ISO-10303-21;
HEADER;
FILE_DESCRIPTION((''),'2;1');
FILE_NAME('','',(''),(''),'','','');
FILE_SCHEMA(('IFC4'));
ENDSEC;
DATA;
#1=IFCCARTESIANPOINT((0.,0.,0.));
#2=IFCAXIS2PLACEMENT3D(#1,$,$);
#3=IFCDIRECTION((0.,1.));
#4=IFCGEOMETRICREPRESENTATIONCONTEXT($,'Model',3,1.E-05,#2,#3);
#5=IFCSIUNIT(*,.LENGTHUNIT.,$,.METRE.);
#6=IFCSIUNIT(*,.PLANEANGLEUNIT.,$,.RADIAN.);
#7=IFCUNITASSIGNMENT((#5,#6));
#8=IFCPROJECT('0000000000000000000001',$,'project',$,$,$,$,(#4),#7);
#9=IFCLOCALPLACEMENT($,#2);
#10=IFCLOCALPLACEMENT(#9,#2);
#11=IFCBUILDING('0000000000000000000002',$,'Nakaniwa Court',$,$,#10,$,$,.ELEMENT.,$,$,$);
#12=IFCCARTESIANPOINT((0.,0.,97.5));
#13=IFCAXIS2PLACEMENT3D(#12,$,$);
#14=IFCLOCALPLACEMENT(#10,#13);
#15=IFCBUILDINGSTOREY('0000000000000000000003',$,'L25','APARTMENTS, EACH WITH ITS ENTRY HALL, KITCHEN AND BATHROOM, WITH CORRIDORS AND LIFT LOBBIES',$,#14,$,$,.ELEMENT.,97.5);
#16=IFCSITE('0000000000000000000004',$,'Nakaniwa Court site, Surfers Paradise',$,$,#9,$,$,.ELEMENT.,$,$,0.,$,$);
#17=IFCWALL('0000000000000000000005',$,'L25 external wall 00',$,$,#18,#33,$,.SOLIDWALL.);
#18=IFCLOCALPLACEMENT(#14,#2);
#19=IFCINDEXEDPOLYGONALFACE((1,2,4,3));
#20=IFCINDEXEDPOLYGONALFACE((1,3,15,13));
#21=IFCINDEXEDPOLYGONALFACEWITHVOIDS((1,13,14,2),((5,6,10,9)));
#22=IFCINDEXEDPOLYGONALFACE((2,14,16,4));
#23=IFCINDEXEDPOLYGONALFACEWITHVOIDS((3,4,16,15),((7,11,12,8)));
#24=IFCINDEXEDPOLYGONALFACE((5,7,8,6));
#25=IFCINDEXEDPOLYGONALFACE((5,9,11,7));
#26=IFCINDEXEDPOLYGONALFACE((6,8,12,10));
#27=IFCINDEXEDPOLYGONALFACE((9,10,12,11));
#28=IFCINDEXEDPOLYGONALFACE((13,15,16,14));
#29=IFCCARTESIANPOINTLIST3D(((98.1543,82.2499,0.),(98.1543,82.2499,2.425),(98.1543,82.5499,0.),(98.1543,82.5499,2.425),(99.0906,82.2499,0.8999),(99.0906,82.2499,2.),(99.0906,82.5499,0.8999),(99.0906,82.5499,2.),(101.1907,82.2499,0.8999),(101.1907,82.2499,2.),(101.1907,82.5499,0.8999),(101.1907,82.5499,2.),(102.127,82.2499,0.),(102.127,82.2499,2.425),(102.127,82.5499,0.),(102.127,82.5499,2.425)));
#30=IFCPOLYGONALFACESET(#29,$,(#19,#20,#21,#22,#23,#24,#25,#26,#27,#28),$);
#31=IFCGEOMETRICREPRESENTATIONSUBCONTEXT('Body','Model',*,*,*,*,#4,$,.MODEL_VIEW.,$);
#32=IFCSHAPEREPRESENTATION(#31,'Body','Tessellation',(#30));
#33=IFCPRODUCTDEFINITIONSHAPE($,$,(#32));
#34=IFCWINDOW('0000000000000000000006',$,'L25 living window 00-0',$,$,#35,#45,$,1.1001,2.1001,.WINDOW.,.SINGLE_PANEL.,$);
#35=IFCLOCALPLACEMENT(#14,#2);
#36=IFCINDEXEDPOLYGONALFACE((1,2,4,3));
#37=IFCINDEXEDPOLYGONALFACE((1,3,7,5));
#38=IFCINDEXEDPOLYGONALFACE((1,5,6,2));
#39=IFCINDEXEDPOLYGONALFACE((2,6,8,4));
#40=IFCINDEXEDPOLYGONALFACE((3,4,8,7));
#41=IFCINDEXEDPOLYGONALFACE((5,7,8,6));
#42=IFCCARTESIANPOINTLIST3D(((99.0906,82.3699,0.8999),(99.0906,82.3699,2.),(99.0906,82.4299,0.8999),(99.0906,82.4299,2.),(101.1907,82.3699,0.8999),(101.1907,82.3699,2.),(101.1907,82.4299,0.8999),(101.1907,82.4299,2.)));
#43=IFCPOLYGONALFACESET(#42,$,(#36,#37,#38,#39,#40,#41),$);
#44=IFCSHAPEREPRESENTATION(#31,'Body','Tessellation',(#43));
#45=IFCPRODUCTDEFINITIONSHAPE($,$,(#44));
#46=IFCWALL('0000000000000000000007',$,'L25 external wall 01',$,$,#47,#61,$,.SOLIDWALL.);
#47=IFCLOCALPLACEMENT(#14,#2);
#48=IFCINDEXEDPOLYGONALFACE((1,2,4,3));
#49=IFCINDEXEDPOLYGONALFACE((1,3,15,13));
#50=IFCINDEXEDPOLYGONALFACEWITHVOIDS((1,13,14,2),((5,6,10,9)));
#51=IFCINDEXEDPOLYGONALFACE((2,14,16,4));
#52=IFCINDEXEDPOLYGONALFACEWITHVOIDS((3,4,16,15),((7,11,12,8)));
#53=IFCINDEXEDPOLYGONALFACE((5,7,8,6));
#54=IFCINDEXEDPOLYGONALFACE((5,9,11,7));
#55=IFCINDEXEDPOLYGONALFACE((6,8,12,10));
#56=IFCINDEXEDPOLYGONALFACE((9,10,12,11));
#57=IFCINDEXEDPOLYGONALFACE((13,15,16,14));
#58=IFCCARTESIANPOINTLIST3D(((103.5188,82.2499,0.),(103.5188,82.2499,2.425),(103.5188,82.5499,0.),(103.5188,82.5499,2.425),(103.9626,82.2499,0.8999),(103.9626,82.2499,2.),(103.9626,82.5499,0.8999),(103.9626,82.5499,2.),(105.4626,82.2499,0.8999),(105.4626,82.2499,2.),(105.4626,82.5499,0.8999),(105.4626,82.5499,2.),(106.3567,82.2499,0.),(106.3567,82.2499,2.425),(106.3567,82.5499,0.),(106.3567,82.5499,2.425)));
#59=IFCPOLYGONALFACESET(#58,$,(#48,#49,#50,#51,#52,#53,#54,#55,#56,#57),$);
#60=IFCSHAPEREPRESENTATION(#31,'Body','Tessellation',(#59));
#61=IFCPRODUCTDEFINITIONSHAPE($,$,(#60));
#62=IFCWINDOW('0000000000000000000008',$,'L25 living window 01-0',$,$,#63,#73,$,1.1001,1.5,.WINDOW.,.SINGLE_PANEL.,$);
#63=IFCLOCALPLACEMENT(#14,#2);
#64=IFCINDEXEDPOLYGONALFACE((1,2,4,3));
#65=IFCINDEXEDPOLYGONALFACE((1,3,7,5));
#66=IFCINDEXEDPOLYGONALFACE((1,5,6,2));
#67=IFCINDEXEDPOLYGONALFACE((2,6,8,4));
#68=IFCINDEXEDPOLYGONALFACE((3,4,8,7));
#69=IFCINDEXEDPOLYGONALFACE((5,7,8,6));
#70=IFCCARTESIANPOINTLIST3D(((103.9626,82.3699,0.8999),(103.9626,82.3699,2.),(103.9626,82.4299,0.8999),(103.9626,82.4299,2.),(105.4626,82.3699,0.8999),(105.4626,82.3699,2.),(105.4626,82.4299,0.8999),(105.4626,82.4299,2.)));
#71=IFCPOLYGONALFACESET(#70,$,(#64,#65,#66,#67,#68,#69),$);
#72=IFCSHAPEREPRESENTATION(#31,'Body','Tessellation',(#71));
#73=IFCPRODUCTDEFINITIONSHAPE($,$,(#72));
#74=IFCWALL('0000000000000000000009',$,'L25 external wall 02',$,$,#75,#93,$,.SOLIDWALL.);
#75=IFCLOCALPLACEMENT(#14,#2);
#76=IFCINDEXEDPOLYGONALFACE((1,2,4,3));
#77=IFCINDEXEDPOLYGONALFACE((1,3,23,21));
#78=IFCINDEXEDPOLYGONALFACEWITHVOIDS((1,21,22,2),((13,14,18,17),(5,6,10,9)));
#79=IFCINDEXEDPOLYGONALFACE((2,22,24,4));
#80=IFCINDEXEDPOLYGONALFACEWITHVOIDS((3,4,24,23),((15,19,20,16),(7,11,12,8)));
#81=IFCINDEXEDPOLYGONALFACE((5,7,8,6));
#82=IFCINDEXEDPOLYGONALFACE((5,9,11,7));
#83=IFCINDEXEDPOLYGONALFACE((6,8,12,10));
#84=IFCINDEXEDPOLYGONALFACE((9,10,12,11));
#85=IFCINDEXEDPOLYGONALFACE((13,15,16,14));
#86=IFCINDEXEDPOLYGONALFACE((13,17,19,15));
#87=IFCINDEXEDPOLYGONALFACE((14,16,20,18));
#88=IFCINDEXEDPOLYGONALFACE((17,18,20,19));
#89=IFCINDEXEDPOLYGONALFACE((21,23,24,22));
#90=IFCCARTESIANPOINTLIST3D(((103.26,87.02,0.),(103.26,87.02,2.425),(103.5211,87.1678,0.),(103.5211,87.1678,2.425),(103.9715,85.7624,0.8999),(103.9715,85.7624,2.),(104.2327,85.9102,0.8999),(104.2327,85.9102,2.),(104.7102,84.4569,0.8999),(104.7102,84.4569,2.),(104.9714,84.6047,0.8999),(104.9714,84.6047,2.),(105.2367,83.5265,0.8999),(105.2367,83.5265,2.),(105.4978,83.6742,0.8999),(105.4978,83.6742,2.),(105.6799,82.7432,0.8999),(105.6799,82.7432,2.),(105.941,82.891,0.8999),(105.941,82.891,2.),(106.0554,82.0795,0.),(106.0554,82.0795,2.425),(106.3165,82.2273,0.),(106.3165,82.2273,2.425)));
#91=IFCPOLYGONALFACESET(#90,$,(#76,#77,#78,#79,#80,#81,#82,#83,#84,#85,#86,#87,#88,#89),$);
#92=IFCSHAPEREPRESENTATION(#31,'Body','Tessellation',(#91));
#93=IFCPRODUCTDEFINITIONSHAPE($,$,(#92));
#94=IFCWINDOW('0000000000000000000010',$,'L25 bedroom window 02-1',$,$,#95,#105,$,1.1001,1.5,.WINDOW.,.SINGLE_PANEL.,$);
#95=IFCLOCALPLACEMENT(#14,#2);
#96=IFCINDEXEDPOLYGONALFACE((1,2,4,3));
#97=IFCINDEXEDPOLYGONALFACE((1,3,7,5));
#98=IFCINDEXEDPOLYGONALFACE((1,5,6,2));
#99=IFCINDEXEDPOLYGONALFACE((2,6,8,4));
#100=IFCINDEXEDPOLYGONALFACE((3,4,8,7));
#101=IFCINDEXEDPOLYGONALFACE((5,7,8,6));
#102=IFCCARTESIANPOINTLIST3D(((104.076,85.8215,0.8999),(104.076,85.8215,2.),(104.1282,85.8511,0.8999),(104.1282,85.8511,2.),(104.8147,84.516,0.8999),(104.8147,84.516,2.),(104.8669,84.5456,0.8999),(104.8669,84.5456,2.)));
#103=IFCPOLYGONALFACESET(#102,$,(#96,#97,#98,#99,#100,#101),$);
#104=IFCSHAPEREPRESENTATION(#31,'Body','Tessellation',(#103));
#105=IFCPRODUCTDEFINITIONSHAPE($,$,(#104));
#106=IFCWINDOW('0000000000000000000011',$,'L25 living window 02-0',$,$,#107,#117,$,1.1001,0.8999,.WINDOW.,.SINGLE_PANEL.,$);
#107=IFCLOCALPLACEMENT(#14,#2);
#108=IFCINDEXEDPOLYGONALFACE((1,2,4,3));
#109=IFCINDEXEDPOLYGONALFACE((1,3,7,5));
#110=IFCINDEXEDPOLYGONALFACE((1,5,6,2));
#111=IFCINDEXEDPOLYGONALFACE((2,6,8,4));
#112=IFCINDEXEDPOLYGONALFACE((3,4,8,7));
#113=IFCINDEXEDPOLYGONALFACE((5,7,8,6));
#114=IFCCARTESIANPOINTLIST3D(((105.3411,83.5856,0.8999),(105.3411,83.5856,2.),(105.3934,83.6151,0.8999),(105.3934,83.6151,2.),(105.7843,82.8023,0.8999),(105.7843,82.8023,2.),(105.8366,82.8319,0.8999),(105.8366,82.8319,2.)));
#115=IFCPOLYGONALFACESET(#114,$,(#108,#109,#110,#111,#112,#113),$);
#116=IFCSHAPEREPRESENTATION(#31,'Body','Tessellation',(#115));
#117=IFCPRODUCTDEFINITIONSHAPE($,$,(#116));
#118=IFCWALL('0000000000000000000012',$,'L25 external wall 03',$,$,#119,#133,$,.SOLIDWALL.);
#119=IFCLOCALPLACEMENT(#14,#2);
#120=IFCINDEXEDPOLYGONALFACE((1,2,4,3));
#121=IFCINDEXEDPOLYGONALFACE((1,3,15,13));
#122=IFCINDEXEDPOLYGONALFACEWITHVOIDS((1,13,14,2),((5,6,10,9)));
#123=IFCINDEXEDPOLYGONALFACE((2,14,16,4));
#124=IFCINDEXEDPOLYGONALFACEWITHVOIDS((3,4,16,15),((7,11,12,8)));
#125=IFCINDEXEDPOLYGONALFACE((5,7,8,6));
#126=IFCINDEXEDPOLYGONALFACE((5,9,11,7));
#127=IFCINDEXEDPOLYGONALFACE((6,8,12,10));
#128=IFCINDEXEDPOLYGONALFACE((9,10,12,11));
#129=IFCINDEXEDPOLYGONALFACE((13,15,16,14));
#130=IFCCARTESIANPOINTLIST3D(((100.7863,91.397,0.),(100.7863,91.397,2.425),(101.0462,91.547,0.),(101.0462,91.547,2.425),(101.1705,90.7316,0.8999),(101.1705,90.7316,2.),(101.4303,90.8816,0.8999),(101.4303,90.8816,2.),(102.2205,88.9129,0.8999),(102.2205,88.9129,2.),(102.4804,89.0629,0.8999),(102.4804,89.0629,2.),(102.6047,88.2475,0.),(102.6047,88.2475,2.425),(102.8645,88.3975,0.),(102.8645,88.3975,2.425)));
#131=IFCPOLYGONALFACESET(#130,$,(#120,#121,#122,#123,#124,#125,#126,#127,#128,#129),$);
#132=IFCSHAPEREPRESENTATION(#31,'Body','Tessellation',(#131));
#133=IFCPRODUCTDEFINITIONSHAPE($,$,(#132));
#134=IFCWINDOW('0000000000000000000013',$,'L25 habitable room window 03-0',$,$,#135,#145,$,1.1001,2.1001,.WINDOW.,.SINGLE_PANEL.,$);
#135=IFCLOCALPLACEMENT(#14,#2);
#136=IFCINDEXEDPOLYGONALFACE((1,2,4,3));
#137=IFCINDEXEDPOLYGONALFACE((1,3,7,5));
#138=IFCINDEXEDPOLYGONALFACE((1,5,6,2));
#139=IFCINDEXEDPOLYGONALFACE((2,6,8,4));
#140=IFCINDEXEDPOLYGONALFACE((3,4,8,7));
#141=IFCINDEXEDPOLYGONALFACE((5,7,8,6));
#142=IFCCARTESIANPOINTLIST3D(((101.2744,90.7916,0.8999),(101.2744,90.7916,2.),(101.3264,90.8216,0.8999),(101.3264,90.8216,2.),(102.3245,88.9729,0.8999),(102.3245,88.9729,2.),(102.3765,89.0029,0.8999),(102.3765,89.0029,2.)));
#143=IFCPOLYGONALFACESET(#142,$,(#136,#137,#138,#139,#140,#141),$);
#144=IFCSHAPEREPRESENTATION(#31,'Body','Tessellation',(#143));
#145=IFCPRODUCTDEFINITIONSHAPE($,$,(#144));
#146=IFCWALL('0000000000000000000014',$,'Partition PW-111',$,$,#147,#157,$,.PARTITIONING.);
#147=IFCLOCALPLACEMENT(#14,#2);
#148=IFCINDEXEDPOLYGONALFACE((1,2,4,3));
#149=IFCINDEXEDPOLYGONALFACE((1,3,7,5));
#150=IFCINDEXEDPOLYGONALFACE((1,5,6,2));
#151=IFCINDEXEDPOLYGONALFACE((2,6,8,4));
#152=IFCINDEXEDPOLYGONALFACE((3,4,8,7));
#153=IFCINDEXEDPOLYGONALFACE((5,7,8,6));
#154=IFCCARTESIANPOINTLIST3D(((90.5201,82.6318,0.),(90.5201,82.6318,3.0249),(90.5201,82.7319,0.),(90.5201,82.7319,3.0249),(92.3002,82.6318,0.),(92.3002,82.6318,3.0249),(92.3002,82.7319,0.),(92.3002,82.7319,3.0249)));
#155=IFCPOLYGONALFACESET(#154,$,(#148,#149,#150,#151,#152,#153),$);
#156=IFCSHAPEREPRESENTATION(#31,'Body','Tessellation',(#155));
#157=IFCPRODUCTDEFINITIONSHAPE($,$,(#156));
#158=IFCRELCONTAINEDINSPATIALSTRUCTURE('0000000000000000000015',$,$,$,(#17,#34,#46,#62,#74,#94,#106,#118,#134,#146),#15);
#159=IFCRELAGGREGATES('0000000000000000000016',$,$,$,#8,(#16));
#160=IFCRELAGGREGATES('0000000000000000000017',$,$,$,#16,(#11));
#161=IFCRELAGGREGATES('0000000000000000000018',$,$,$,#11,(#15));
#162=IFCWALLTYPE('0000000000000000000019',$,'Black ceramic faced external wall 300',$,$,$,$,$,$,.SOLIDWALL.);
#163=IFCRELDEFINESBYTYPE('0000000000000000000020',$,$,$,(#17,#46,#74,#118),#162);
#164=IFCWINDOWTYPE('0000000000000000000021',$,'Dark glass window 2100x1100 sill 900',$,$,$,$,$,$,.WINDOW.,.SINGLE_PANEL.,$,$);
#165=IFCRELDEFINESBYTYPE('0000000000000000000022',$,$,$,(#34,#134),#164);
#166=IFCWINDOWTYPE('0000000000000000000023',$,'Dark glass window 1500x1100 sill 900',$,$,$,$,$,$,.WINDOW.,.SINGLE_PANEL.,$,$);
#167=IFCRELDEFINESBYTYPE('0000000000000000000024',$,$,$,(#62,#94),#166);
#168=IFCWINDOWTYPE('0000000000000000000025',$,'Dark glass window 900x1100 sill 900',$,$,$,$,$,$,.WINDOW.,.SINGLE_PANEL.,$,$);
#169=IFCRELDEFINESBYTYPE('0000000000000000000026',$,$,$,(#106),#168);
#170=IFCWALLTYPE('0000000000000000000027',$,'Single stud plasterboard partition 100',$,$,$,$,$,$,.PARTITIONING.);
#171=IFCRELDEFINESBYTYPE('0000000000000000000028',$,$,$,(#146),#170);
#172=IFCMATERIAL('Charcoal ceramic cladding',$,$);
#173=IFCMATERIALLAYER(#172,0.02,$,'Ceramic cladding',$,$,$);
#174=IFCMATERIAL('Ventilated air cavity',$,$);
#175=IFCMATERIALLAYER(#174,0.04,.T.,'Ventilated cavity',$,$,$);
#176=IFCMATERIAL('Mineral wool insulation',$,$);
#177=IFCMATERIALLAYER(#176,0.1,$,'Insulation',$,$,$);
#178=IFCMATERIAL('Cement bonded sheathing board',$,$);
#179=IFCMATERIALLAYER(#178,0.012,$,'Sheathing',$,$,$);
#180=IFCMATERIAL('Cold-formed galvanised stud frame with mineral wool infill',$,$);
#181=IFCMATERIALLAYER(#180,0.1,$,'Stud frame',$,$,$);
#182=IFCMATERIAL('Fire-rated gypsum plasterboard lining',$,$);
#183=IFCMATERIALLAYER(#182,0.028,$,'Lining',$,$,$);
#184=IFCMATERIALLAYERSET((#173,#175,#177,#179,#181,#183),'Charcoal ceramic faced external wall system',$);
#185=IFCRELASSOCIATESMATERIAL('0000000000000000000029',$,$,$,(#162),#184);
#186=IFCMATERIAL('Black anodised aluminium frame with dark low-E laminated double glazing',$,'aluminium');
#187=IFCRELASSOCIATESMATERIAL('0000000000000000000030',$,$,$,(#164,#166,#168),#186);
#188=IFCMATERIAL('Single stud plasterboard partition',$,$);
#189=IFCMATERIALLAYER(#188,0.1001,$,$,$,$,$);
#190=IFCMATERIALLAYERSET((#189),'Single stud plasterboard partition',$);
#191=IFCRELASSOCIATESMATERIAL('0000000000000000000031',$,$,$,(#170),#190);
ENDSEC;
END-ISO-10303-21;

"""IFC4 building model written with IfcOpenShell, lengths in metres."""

from ifc_helpers import new_model, si_unit, direction, frame, frame_2d, origin, place, context, subcontext, project, spatial, rectangle, extrude, material, layer, layer_set, type_object, element, fill, save


model = new_model("IFC4")

# Units and contexts
model_context = context("Model", 3, precision=1e-05, world=origin(), true_north=direction((0.0, 1.0)))
body_context = subcontext(model_context, "Body", "Model", "MODEL_VIEW")
ifc_project = project(units=[si_unit("LENGTHUNIT", "METRE"), si_unit("PLANEANGLEUNIT", "RADIAN")], contexts=[model_context])

# Site, building, storey
site_placement = place(None, origin())
site = spatial("IfcSite", under=ifc_project, at=site_placement, Name="Nakaniwa Court site, Surfers Paradise", CompositionType="ELEMENT", RefElevation=0.0)
building_placement = place(site_placement, origin())
building = spatial("IfcBuilding", under=site, at=building_placement, Name="Nakaniwa Court", CompositionType="ELEMENT")
storey_placement = place(building_placement, frame((0.0, 0.0, 97.5)))
storey = spatial("IfcBuildingStorey", under=building, at=storey_placement, Name="L25", Description="APARTMENTS, EACH WITH ITS ENTRY HALL, KITCHEN AND BATHROOM, WITH CORRIDORS AND LIFT LOBBIES", CompositionType="ELEMENT", Elevation=97.5)

# Walls, openings, windows
ifc_material_1 = material(Name="Charcoal ceramic cladding")
ifc_layer_1 = layer(ifc_material_1, 0.02, Name="Ceramic cladding")
ifc_material_2 = material(Name="Ventilated air cavity")
ifc_layer_2 = layer(ifc_material_2, 0.04, ventilated=True, Name="Ventilated cavity")
ifc_material_3 = material(Name="Mineral wool insulation")
ifc_layer_3 = layer(ifc_material_3, 0.1, Name="Insulation")
ifc_material_4 = material(Name="Cement bonded sheathing board")
ifc_layer_4 = layer(ifc_material_4, 0.012, Name="Sheathing")
ifc_material_5 = material(Name="Cold-formed galvanised stud frame with mineral wool infill")
ifc_layer_5 = layer(ifc_material_5, 0.1, Name="Stud frame")
ifc_material_6 = material(Name="Fire-rated gypsum plasterboard lining")
ifc_layer_6 = layer(ifc_material_6, 0.028, Name="Lining")
ifc_layer_set_1 = layer_set([ifc_layer_1, ifc_layer_2, ifc_layer_3, ifc_layer_4, ifc_layer_5, ifc_layer_6], Name="Charcoal ceramic faced external wall system")
wall_type_1 = type_object("IfcWallType", Name="Black ceramic faced external wall 300", PredefinedType="SOLIDWALL", material=ifc_layer_set_1)
wall_1_placement = place(storey_placement, frame((98.1543, 82.3999, 0.0), z_axis=(0.0, 0.0, 1.0), x_axis=(1.0, 0.0, 0.0)))
wall_1 = element("IfcWall", 1, at=wall_1_placement, inside=storey, type_object=wall_type_1, Name="L25 external wall 00", PredefinedType="SOLIDWALL", context=body_context, shape_type="SweptSolid", body=[
    extrude(rectangle(XDim=3.9727, YDim=0.3, at=frame_2d((1.9863, 0.0))), origin(), (0.0, 0.0, 1.0), 2.425),
])
opening_1_placement = place(wall_1_placement, frame((0.9363, 0.0, 0.8999)))
opening_1 = element("IfcOpeningElement", 2, at=opening_1_placement, cuts=wall_1, PredefinedType="OPENING", context=body_context, shape_type="SweptSolid", body=[
    extrude(rectangle(XDim=2.1001, YDim=1.1001, at=frame_2d((1.05, 0.55))), frame((0.0, 0.1599, 0.0), z_axis=(0.0, -1.0, 0.0), x_axis=(1.0, 0.0, 0.0)), (0.0, 0.0, 1.0), 0.3201),
])
ifc_material_7 = material(Name="Black anodised aluminium frame with dark low-E laminated double glazing", Category="aluminium")
window_type_1 = type_object("IfcWindowType", Name="Dark glass window 2100x1100 sill 900", PartitioningType="SINGLE_PANEL", PredefinedType="WINDOW", material=ifc_material_7)
window_1_placement = place(opening_1_placement, origin())
window_1 = element("IfcWindow", 3, at=window_1_placement, inside=storey, type_object=window_type_1, Name="L25 living window 00-0", OverallHeight=1.1001, OverallWidth=2.1001, PartitioningType="SINGLE_PANEL", PredefinedType="WINDOW", context=body_context, shape_type="SweptSolid", body=[
    extrude(rectangle(XDim=2.1001, YDim=1.1001, at=frame_2d((1.05, 0.55))), frame((0.0, 0.03, 0.0), z_axis=(0.0, -1.0, 0.0), x_axis=(1.0, 0.0, 0.0)), (0.0, 0.0, 1.0), 0.0601),
])
fill(opening_1, window_1)
wall_2_placement = place(storey_placement, frame((103.5188, 82.3999, 0.0), z_axis=(0.0, 0.0, 1.0), x_axis=(1.0, 0.0, 0.0)))
wall_2 = element("IfcWall", 4, at=wall_2_placement, inside=storey, type_object=wall_type_1, Name="L25 external wall 01", PredefinedType="SOLIDWALL", context=body_context, shape_type="SweptSolid", body=[
    extrude(rectangle(XDim=2.8379, YDim=0.3, at=frame_2d((1.4189, 0.0))), origin(), (0.0, 0.0, 1.0), 2.425),
])
opening_2_placement = place(wall_2_placement, frame((0.4438, 0.0, 0.8999)))
opening_2 = element("IfcOpeningElement", 5, at=opening_2_placement, cuts=wall_2, PredefinedType="OPENING", context=body_context, shape_type="SweptSolid", body=[
    extrude(rectangle(XDim=1.5, YDim=1.1001, at=frame_2d((0.75, 0.55))), frame((0.0, 0.1599, 0.0), z_axis=(0.0, -1.0, 0.0), x_axis=(1.0, 0.0, 0.0)), (0.0, 0.0, 1.0), 0.3201),
])
window_type_2 = type_object("IfcWindowType", Name="Dark glass window 1500x1100 sill 900", PartitioningType="SINGLE_PANEL", PredefinedType="WINDOW", material=ifc_material_7)
window_2_placement = place(opening_2_placement, origin())
window_2 = element("IfcWindow", 6, at=window_2_placement, inside=storey, type_object=window_type_2, Name="L25 living window 01-0", OverallHeight=1.1001, OverallWidth=1.5, PartitioningType="SINGLE_PANEL", PredefinedType="WINDOW", context=body_context, shape_type="SweptSolid", body=[
    extrude(rectangle(XDim=1.5, YDim=1.1001, at=frame_2d((0.75, 0.55))), frame((0.0, 0.03, 0.0), z_axis=(0.0, -1.0, 0.0), x_axis=(1.0, 0.0, 0.0)), (0.0, 0.0, 1.0), 0.0601),
])
fill(opening_2, window_2)

# Wall, openings, windows
wall_3_placement = place(storey_placement, frame((106.186, 82.1533, 0.0), z_axis=(0.0, 0.0, 1.0), x_axis=(-0.492457, 0.870337, 0.0)))
wall_3 = element("IfcWall", 7, at=wall_3_placement, inside=storey, type_object=wall_type_1, Name="L25 external wall 02", PredefinedType="SOLIDWALL", context=body_context, shape_type="SweptSolid", body=[
    extrude(rectangle(XDim=5.6765, YDim=0.3, at=frame_2d((2.8384, 0.0))), origin(), (0.0, 0.0, 1.0), 2.425),
])
opening_3_placement = place(wall_3_placement, frame((0.7627, 0.0, 0.8999)))
opening_3 = element("IfcOpeningElement", 8, at=opening_3_placement, cuts=wall_3, PredefinedType="OPENING", context=body_context, shape_type="SweptSolid", body=[
    extrude(rectangle(XDim=0.8999, YDim=1.1001, at=frame_2d((0.45, 0.55))), frame((0.0, 0.1599, 0.0), z_axis=(0.0, -1.0, 0.0), x_axis=(1.0, 0.0, 0.0)), (0.0, 0.0, 1.0), 0.3201),
])
opening_4_placement = place(wall_3_placement, frame((2.7317, 0.0, 0.8999)))
opening_4 = element("IfcOpeningElement", 9, at=opening_4_placement, cuts=wall_3, PredefinedType="OPENING", context=body_context, shape_type="SweptSolid", body=[
    extrude(rectangle(XDim=1.5, YDim=1.1001, at=frame_2d((0.75, 0.55))), frame((0.0, 0.1599, 0.0), z_axis=(0.0, -1.0, 0.0), x_axis=(1.0, 0.0, 0.0)), (0.0, 0.0, 1.0), 0.3201),
])
window_3_placement = place(opening_4_placement, origin())
window_3 = element("IfcWindow", 10, at=window_3_placement, inside=storey, type_object=window_type_2, Name="L25 bedroom window 02-1", OverallHeight=1.1001, OverallWidth=1.5, PartitioningType="SINGLE_PANEL", PredefinedType="WINDOW", context=body_context, shape_type="SweptSolid", body=[
    extrude(rectangle(XDim=1.5, YDim=1.1001, at=frame_2d((0.75, 0.55))), frame((0.0, 0.03, 0.0), z_axis=(0.0, -1.0, 0.0), x_axis=(1.0, 0.0, 0.0)), (0.0, 0.0, 1.0), 0.0601),
])
fill(opening_4, window_3)
window_type_3 = type_object("IfcWindowType", Name="Dark glass window 900x1100 sill 900", PartitioningType="SINGLE_PANEL", PredefinedType="WINDOW", material=ifc_material_7)
window_4_placement = place(opening_3_placement, origin())
window_4 = element("IfcWindow", 11, at=window_4_placement, inside=storey, type_object=window_type_3, Name="L25 living window 02-0", OverallHeight=1.1001, OverallWidth=0.8999, PartitioningType="SINGLE_PANEL", PredefinedType="WINDOW", context=body_context, shape_type="SweptSolid", body=[
    extrude(rectangle(XDim=0.8999, YDim=1.1001, at=frame_2d((0.45, 0.55))), frame((0.0, 0.03, 0.0), z_axis=(0.0, -1.0, 0.0), x_axis=(1.0, 0.0, 0.0)), (0.0, 0.0, 1.0), 0.0601),
])
fill(opening_3, window_4)

# Wall, opening, window
wall_4_placement = place(storey_placement, frame((102.7346, 88.3225, 0.0), z_axis=(0.0, 0.0, 1.0), x_axis=(-0.500009, 0.86602, 0.0)))
wall_4 = element("IfcWall", 12, at=wall_4_placement, inside=storey, type_object=wall_type_1, Name="L25 external wall 03", PredefinedType="SOLIDWALL", context=body_context, shape_type="SweptSolid", body=[
    extrude(rectangle(XDim=3.6367, YDim=0.3, at=frame_2d((1.8184, 0.0))), origin(), (0.0, 0.0, 1.0), 2.425),
])
opening_5_placement = place(wall_4_placement, frame((0.7683, 0.0, 0.8999)))
opening_5 = element("IfcOpeningElement", 13, at=opening_5_placement, cuts=wall_4, PredefinedType="OPENING", context=body_context, shape_type="SweptSolid", body=[
    extrude(rectangle(XDim=2.1001, YDim=1.1001, at=frame_2d((1.05, 0.55))), frame((0.0, 0.1599, 0.0), z_axis=(0.0, -1.0, 0.0), x_axis=(1.0, 0.0, 0.0)), (0.0, 0.0, 1.0), 0.3201),
])
window_5_placement = place(opening_5_placement, origin())
window_5 = element("IfcWindow", 14, at=window_5_placement, inside=storey, type_object=window_type_1, Name="L25 habitable room window 03-0", OverallHeight=1.1001, OverallWidth=2.1001, PartitioningType="SINGLE_PANEL", PredefinedType="WINDOW", context=body_context, shape_type="SweptSolid", body=[
    extrude(rectangle(XDim=2.1001, YDim=1.1001, at=frame_2d((1.05, 0.55))), frame((0.0, 0.03, 0.0), z_axis=(0.0, -1.0, 0.0), x_axis=(1.0, 0.0, 0.0)), (0.0, 0.0, 1.0), 0.0601),
])
fill(opening_5, window_5)

# Wall
ifc_material_8 = material(Name="Single stud plasterboard partition")
ifc_layer_7 = layer(ifc_material_8, 0.1001)
ifc_layer_set_2 = layer_set([ifc_layer_7], Name="Single stud plasterboard partition")
wall_type_2 = type_object("IfcWallType", Name="Single stud plasterboard partition 100", PredefinedType="PARTITIONING", material=ifc_layer_set_2)
wall_5_placement = place(storey_placement, frame((90.52, 82.6819, 0.0), z_axis=(0.0, 0.0, 1.0), x_axis=(1.0, 0.0, 0.0)))
element("IfcWall", 15, at=wall_5_placement, inside=storey, type_object=wall_type_2, Name="Partition PW-111", PredefinedType="PARTITIONING", context=body_context, shape_type="SweptSolid", body=[
    extrude(rectangle(XDim=1.78, YDim=0.1001, at=frame_2d((0.8901, 0.0))), origin(), (0.0, 0.0, 1.0), 3.0249),
])

save(model, "model.ifc")
